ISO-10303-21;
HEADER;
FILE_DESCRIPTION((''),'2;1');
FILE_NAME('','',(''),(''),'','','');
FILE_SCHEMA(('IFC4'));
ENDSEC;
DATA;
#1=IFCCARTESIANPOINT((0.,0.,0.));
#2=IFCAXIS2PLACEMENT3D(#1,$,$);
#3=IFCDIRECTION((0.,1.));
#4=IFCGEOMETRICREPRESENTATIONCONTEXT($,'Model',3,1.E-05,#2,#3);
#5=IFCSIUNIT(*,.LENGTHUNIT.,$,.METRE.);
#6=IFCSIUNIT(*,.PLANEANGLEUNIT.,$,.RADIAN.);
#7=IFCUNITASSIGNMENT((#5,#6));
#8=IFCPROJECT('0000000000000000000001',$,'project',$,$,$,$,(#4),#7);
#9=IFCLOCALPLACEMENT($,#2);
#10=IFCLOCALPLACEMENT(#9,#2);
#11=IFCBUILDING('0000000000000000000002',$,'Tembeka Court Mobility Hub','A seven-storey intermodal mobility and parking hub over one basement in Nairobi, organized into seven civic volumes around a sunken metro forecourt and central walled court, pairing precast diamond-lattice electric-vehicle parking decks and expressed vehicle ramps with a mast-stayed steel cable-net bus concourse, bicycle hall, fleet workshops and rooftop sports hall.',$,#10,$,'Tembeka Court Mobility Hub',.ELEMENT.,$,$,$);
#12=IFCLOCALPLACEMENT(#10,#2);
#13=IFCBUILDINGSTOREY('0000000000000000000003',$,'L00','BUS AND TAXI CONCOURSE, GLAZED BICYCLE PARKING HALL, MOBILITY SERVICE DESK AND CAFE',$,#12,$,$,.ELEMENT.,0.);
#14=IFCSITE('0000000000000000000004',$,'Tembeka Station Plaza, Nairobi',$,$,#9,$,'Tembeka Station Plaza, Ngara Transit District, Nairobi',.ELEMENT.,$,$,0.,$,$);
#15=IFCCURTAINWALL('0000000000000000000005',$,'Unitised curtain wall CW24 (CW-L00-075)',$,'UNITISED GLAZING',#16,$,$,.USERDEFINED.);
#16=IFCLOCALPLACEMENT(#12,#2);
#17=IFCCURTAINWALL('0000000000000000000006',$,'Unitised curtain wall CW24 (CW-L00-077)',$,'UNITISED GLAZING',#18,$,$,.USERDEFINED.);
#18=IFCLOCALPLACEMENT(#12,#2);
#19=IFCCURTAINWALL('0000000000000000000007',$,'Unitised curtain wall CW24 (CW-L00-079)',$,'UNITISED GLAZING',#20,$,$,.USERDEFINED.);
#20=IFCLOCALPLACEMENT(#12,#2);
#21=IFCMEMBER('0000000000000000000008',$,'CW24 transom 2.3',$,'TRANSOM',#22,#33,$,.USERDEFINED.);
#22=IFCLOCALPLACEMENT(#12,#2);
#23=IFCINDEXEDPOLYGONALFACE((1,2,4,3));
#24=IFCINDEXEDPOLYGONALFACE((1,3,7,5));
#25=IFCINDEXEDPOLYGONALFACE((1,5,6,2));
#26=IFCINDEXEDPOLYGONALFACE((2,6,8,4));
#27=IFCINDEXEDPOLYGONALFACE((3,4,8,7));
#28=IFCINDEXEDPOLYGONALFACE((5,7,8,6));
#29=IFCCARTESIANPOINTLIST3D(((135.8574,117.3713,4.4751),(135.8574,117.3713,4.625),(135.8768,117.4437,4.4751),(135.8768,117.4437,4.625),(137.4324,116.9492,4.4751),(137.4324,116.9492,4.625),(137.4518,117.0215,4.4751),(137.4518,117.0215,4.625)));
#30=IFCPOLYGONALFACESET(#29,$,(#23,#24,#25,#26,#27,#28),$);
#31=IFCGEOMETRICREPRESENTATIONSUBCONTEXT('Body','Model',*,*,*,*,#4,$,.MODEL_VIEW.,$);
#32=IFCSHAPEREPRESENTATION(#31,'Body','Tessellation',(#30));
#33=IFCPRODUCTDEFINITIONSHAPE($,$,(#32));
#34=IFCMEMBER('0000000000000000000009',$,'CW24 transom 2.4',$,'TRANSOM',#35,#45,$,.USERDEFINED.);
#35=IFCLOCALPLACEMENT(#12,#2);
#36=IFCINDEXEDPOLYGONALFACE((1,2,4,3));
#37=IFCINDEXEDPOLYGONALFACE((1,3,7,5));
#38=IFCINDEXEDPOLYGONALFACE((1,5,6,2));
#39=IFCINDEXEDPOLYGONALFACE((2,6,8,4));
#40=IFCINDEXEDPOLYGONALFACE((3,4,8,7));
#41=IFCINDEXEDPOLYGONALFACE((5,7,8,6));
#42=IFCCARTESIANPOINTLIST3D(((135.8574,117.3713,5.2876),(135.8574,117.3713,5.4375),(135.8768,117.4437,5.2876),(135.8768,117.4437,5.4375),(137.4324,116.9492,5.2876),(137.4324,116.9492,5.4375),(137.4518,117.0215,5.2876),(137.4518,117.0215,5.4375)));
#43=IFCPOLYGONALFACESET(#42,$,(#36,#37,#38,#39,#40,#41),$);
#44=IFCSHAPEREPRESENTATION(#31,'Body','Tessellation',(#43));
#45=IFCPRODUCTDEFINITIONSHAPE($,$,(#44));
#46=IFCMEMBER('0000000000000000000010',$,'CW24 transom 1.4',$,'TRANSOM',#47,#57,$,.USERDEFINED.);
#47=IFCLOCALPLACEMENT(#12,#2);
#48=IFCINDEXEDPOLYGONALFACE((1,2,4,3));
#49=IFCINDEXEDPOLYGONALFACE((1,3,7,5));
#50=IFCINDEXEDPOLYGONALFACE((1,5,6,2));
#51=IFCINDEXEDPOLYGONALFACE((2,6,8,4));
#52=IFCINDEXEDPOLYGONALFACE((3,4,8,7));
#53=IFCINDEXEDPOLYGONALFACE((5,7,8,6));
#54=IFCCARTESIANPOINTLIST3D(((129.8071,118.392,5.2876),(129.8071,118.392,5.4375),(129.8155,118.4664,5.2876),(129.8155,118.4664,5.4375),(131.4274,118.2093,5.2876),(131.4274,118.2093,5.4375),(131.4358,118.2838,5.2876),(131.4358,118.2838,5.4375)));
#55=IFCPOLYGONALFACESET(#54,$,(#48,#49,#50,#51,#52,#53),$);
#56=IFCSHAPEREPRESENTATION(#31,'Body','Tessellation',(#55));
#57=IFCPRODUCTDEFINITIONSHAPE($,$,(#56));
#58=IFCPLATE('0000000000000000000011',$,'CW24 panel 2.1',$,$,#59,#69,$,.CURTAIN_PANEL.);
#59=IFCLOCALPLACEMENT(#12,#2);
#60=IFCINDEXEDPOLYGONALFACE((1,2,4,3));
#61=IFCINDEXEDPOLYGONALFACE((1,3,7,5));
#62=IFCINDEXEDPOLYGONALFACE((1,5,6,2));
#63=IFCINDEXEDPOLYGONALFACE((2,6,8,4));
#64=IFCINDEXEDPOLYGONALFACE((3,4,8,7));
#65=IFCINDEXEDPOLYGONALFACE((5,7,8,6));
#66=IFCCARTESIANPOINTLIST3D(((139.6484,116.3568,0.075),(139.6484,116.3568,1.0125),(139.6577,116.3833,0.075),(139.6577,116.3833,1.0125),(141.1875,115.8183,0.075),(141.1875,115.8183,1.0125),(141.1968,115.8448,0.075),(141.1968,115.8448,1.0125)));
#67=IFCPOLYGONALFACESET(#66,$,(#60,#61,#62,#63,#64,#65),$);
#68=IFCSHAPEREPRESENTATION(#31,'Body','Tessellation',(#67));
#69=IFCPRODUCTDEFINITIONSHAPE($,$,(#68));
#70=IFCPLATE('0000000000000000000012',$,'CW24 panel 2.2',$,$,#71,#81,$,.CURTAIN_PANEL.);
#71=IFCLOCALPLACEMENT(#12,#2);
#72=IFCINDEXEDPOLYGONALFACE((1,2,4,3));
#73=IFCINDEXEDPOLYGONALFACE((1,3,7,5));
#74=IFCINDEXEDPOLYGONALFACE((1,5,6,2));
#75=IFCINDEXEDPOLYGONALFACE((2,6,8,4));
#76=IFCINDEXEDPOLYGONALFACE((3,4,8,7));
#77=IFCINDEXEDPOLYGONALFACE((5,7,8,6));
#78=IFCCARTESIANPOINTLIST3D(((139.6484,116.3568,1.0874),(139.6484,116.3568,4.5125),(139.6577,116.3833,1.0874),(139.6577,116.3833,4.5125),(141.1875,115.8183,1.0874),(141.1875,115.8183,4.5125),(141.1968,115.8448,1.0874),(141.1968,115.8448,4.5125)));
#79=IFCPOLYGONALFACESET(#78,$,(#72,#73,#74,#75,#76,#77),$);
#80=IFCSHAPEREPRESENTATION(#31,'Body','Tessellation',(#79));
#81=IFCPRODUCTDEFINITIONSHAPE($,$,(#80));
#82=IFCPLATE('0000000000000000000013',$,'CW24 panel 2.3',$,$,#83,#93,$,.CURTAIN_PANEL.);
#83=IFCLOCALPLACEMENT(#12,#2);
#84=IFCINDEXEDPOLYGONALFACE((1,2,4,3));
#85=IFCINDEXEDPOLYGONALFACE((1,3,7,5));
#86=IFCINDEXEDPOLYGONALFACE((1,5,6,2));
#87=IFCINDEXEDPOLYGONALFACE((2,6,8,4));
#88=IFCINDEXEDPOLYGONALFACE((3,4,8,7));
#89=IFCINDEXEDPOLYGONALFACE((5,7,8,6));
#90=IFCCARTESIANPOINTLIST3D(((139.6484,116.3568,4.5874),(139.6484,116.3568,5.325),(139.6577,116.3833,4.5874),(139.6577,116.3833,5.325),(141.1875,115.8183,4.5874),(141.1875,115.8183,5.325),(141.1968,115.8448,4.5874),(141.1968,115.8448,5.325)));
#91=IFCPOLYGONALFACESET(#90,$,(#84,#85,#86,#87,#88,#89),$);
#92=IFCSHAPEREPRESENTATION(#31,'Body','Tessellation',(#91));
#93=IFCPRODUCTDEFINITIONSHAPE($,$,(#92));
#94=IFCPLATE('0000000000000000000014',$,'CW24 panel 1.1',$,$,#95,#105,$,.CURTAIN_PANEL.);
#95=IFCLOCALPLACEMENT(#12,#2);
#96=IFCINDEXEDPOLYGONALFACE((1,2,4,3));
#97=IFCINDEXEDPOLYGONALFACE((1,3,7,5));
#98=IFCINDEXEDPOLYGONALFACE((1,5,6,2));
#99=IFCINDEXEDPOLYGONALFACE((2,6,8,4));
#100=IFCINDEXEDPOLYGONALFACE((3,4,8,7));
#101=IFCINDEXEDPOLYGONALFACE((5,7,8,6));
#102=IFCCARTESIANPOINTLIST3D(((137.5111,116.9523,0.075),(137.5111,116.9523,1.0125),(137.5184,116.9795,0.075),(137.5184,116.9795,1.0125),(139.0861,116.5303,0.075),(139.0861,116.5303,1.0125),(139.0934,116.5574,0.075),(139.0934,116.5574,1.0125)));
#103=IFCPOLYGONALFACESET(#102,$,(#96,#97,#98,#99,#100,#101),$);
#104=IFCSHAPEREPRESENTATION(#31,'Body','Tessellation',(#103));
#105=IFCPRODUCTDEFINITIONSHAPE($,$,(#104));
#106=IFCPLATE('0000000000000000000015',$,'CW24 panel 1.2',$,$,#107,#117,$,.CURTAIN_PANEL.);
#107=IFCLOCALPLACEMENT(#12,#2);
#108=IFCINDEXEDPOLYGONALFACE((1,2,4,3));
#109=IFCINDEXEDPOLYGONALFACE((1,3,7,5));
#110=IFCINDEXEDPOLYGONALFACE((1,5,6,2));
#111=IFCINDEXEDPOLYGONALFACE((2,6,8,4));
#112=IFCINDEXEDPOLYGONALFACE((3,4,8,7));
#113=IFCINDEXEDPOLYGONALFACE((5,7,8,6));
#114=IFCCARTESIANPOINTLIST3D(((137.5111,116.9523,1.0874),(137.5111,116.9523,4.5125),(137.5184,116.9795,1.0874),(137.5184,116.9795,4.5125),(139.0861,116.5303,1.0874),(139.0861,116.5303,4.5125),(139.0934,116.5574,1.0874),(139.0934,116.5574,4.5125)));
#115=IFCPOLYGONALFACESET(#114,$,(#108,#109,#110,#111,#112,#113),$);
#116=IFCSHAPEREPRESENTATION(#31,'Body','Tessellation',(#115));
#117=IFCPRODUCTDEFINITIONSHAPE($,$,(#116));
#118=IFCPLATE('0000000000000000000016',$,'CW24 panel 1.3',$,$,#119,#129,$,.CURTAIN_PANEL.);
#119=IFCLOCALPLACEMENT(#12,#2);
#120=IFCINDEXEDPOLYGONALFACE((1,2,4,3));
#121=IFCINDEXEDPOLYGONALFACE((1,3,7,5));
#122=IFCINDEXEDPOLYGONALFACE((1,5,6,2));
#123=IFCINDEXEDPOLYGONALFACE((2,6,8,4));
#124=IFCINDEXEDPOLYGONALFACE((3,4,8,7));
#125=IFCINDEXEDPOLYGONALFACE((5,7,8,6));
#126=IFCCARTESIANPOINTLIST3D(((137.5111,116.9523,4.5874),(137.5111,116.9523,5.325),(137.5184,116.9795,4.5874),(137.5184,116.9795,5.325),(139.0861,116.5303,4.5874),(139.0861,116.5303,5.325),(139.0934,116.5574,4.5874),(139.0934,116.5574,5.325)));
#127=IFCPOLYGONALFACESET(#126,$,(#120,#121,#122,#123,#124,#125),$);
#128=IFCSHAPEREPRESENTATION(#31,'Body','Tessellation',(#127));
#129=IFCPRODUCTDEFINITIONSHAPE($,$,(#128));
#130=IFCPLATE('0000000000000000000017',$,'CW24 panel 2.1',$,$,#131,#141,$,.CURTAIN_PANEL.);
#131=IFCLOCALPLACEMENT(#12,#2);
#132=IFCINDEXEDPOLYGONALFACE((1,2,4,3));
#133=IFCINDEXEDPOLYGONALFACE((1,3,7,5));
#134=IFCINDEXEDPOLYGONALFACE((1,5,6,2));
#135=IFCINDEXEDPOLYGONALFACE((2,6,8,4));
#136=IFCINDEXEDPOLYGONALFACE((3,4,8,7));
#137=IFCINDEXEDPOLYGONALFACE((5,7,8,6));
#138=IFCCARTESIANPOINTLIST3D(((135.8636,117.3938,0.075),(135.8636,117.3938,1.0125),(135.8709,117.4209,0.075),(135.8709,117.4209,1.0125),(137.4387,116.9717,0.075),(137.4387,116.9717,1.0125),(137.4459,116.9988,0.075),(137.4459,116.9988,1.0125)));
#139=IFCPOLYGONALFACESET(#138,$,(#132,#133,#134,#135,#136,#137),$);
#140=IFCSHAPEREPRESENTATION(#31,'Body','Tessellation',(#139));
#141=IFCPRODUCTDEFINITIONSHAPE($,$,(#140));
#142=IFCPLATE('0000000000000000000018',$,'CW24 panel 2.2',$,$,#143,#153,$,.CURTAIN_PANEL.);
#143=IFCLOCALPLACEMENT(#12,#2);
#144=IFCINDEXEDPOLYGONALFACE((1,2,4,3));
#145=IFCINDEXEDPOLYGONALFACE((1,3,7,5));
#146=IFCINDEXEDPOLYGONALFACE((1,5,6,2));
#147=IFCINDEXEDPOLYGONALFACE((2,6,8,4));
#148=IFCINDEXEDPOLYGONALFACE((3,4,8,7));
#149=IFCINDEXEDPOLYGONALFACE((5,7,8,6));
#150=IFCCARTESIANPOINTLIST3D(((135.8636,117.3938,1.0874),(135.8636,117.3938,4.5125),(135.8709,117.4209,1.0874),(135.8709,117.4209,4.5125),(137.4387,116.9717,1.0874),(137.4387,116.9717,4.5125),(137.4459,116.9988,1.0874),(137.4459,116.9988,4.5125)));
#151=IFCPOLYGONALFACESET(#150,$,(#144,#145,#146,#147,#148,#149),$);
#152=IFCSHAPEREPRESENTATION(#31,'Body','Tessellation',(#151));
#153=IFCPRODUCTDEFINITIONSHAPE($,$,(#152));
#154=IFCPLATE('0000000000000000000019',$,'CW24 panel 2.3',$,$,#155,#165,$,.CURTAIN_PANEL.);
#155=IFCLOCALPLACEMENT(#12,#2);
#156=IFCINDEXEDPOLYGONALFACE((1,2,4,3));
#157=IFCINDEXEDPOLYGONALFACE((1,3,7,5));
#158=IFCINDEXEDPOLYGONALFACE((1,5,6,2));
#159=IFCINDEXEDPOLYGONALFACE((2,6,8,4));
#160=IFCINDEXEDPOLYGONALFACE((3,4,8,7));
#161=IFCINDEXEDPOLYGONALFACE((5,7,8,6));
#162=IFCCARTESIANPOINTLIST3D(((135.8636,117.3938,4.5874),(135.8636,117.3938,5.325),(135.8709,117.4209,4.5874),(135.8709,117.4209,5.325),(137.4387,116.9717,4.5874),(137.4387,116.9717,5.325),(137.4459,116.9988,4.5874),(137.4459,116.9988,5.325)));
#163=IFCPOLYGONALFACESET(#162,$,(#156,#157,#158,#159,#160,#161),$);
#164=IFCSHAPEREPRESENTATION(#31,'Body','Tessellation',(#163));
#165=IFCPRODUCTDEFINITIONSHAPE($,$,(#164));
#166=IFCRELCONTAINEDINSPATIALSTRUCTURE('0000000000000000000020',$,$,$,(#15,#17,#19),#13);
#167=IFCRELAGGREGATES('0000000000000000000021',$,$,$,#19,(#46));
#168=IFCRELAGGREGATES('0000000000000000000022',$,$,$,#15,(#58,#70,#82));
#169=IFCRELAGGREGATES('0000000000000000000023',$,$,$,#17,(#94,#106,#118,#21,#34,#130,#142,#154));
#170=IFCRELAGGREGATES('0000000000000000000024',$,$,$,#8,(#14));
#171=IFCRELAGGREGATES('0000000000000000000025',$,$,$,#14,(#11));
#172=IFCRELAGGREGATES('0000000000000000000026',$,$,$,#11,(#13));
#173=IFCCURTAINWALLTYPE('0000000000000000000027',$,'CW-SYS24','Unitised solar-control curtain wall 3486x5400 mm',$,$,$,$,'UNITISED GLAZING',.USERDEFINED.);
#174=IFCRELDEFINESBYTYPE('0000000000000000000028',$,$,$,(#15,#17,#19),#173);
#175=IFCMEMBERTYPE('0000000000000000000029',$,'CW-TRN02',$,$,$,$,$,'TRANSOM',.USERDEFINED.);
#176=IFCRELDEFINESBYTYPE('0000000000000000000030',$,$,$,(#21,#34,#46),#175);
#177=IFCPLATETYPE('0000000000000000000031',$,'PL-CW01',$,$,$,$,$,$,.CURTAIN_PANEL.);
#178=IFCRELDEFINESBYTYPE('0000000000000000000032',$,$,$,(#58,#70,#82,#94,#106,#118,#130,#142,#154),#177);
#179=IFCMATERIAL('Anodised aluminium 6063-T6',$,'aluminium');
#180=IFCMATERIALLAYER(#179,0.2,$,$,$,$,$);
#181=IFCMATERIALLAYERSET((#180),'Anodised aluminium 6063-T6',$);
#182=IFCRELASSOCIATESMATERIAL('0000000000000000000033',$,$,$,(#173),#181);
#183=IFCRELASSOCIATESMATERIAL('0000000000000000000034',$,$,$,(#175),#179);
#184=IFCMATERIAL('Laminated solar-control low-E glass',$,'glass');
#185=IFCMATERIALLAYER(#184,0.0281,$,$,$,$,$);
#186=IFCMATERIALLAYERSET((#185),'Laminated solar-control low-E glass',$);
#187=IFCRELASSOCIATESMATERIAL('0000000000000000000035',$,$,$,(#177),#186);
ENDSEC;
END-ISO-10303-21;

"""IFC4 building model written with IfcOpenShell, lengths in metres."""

from ifc_helpers import new_model, si_unit, direction, frame, origin, origin_2d, place, context, subcontext, project, spatial, rectangle, extrude, material, layer, layer_set, material_profile, profile_set, type_object, element, aggregate, save


model = new_model("IFC4")

# Units and contexts
model_context = context("Model", 3, precision=1e-05, world=origin(), true_north=direction((0.0, 1.0)))
body_context = subcontext(model_context, "Body", "Model", "MODEL_VIEW")
ifc_project = project(units=[si_unit("LENGTHUNIT", "METRE"), si_unit("PLANEANGLEUNIT", "RADIAN")], contexts=[model_context])

# Site, building, storey
site_placement = place(None, origin())
site = spatial("IfcSite", under=ifc_project, at=site_placement, Name="Tembeka Station Plaza, Nairobi", LongName="Tembeka Station Plaza, Ngara Transit District, Nairobi", CompositionType="ELEMENT", RefElevation=0.0)
building_placement = place(site_placement, origin())
building = spatial("IfcBuilding", under=site, at=building_placement, Name="Tembeka Court Mobility Hub", Description="A seven-storey intermodal mobility and parking hub over one basement in Nairobi, organized into seven civic volumes around a sunken metro forecourt and central walled court, pairing precast diamond-lattice electric-vehicle parking decks and expressed vehicle ramps with a mast-stayed steel cable-net bus concourse, bicycle hall, fleet workshops and rooftop sports hall.", LongName="Tembeka Court Mobility Hub", CompositionType="ELEMENT")
storey_placement = place(building_placement, origin())
storey = spatial("IfcBuildingStorey", under=building, at=storey_placement, Name="L00", Description="BUS AND TAXI CONCOURSE, GLAZED BICYCLE PARKING HALL, MOBILITY SERVICE DESK AND CAFE", CompositionType="ELEMENT", Elevation=0.0)

# Curtain wall
ifc_material_1 = material(Name="Anodised aluminium 6063-T6", Category="aluminium")
ifc_layer_1 = layer(ifc_material_1, 0.2)
ifc_layer_set_1 = layer_set([ifc_layer_1], Name="Anodised aluminium 6063-T6")
curtain_wall_type = type_object("IfcCurtainWallType", Name="CW-SYS24", Description="Unitised solar-control curtain wall 3486x5400 mm", ElementType="UNITISED GLAZING", PredefinedType="USERDEFINED", material=ifc_layer_set_1)
curtain_wall_1_placement = place(storey_placement, origin())
curtain_wall_1 = element("IfcCurtainWall", 1, at=curtain_wall_1_placement, inside=storey, type_object=curtain_wall_type, Name="Unitised curtain wall CW24 (CW-L00-075)", ObjectType="UNITISED GLAZING", PredefinedType="USERDEFINED")

# Curtain wall
curtain_wall_2_placement = place(storey_placement, origin())
curtain_wall_2 = element("IfcCurtainWall", 2, at=curtain_wall_2_placement, inside=storey, type_object=curtain_wall_type, Name="Unitised curtain wall CW24 (CW-L00-077)", ObjectType="UNITISED GLAZING", PredefinedType="USERDEFINED")

# Curtain wall
curtain_wall_3_placement = place(storey_placement, origin())
curtain_wall_3 = element("IfcCurtainWall", 3, at=curtain_wall_3_placement, inside=storey, type_object=curtain_wall_type, Name="Unitised curtain wall CW24 (CW-L00-079)", ObjectType="UNITISED GLAZING", PredefinedType="USERDEFINED")

# Members
ifc_material_profile_1 = material_profile(ifc_material_1, rectangle(XDim=0.075, YDim=0.1499, at=origin_2d()), Name="ALU-TRN 75x150")
ifc_profile_set_1 = profile_set([ifc_material_profile_1], Name="Anodised aluminium 6063-T6")
member_type_1 = type_object("IfcMemberType", Name="CW-TRN02", ElementType="TRANSOM", PredefinedType="USERDEFINED", material=ifc_profile_set_1)
member_1_placement = place(storey_placement, frame((137.4421, 116.9854, 4.55), z_axis=(-0.965909, 0.258883, 0.0), x_axis=(-0.258883, -0.965909, 0.0)))
member_1 = element("IfcMember", 4, at=member_1_placement, type_object=member_type_1, Name="CW24 transom 2.3", ObjectType="TRANSOM", PredefinedType="USERDEFINED", context=body_context, shape_type="SweptSolid", body=[
    extrude(rectangle(XDim=0.075, YDim=0.1499, at=origin_2d()), origin(), (0.0, 0.0, 1.0), 1.6306),
])
member_2_placement = place(storey_placement, frame((137.4421, 116.9854, 5.3625), z_axis=(-0.965909, 0.258883, 0.0), x_axis=(-0.258883, -0.965909, 0.0)))
member_2 = element("IfcMember", 5, at=member_2_placement, type_object=member_type_1, Name="CW24 transom 2.4", ObjectType="TRANSOM", PredefinedType="USERDEFINED", context=body_context, shape_type="SweptSolid", body=[
    extrude(rectangle(XDim=0.075, YDim=0.1499, at=origin_2d()), origin(), (0.0, 0.0, 1.0), 1.6306),
])
member_3_placement = place(storey_placement, frame((131.4316, 118.2466, 5.3625), z_axis=(-0.993709, 0.111993, 0.0), x_axis=(-0.111993, -0.993709, 0.0)))
member_3 = element("IfcMember", 6, at=member_3_placement, type_object=member_type_1, Name="CW24 transom 1.4", ObjectType="TRANSOM", PredefinedType="USERDEFINED", context=body_context, shape_type="SweptSolid", body=[
    extrude(rectangle(XDim=0.075, YDim=0.1499, at=origin_2d()), origin(), (0.0, 0.0, 1.0), 1.6306),
])
aggregate(curtain_wall_3, [member_3])

# Plates
ifc_material_2 = material(Name="Laminated solar-control low-E glass", Category="glass")
ifc_layer_2 = layer(ifc_material_2, 0.0281)
ifc_layer_set_2 = layer_set([ifc_layer_2], Name="Laminated solar-control low-E glass")
plate_type = type_object("IfcPlateType", Name="PL-CW01", PredefinedType="CURTAIN_PANEL", material=ifc_layer_set_2)
plate_1_placement = place(storey_placement, frame((140.4226, 116.1008, 0.075), z_axis=(0.0, 0.0, 1.0), x_axis=(-0.943889, 0.330264, 0.0)))
plate_1 = element("IfcPlate", 7, at=plate_1_placement, type_object=plate_type, Name="CW24 panel 2.1", PredefinedType="CURTAIN_PANEL", context=body_context, shape_type="SweptSolid", body=[
    extrude(rectangle(XDim=1.6306, YDim=0.0281, at=origin_2d()), origin(), (0.0, 0.0, 1.0), 0.9375),
])
plate_2_placement = place(storey_placement, frame((140.4226, 116.1008, 1.0874), z_axis=(0.0, 0.0, 1.0), x_axis=(-0.943889, 0.330264, 0.0)))
plate_2 = element("IfcPlate", 8, at=plate_2_placement, type_object=plate_type, Name="CW24 panel 2.2", PredefinedType="CURTAIN_PANEL", context=body_context, shape_type="SweptSolid", body=[
    extrude(rectangle(XDim=1.6306, YDim=0.0281, at=origin_2d()), origin(), (0.0, 0.0, 1.0), 3.425),
])
plate_3_placement = place(storey_placement, frame((140.4226, 116.1008, 4.5874), z_axis=(0.0, 0.0, 1.0), x_axis=(-0.943889, 0.330264, 0.0)))
plate_3 = element("IfcPlate", 9, at=plate_3_placement, type_object=plate_type, Name="CW24 panel 2.3", PredefinedType="CURTAIN_PANEL", context=body_context, shape_type="SweptSolid", body=[
    extrude(rectangle(XDim=1.6306, YDim=0.0281, at=origin_2d()), origin(), (0.0, 0.0, 1.0), 0.7375),
])
aggregate(curtain_wall_1, [plate_1, plate_2, plate_3])
plate_4_placement = place(storey_placement, frame((138.3022, 116.7549, 0.075), z_axis=(0.0, 0.0, 1.0), x_axis=(-0.965923, 0.258828, 0.0)))
plate_4 = element("IfcPlate", 10, at=plate_4_placement, type_object=plate_type, Name="CW24 panel 1.1", PredefinedType="CURTAIN_PANEL", context=body_context, shape_type="SweptSolid", body=[
    extrude(rectangle(XDim=1.6306, YDim=0.0281, at=origin_2d()), origin(), (0.0, 0.0, 1.0), 0.9375),
])
plate_5_placement = place(storey_placement, frame((138.3022, 116.7549, 1.0874), z_axis=(0.0, 0.0, 1.0), x_axis=(-0.965923, 0.258828, 0.0)))
plate_5 = element("IfcPlate", 11, at=plate_5_placement, type_object=plate_type, Name="CW24 panel 1.2", PredefinedType="CURTAIN_PANEL", context=body_context, shape_type="SweptSolid", body=[
    extrude(rectangle(XDim=1.6306, YDim=0.0281, at=origin_2d()), origin(), (0.0, 0.0, 1.0), 3.425),
])
plate_6_placement = place(storey_placement, frame((138.3022, 116.7549, 4.5874), z_axis=(0.0, 0.0, 1.0), x_axis=(-0.965923, 0.258828, 0.0)))
plate_6 = element("IfcPlate", 12, at=plate_6_placement, type_object=plate_type, Name="CW24 panel 1.3", PredefinedType="CURTAIN_PANEL", context=body_context, shape_type="SweptSolid", body=[
    extrude(rectangle(XDim=1.6306, YDim=0.0281, at=origin_2d()), origin(), (0.0, 0.0, 1.0), 0.7375),
])
plate_7_placement = place(storey_placement, frame((136.6548, 117.1963, 0.075), z_axis=(0.0, 0.0, 1.0), x_axis=(-0.965923, 0.258828, 0.0)))
plate_7 = element("IfcPlate", 13, at=plate_7_placement, type_object=plate_type, Name="CW24 panel 2.1", PredefinedType="CURTAIN_PANEL", context=body_context, shape_type="SweptSolid", body=[
    extrude(rectangle(XDim=1.6306, YDim=0.0281, at=origin_2d()), origin(), (0.0, 0.0, 1.0), 0.9375),
])
plate_8_placement = place(storey_placement, frame((136.6548, 117.1963, 1.0874), z_axis=(0.0, 0.0, 1.0), x_axis=(-0.965923, 0.258828, 0.0)))
plate_8 = element("IfcPlate", 14, at=plate_8_placement, type_object=plate_type, Name="CW24 panel 2.2", PredefinedType="CURTAIN_PANEL", context=body_context, shape_type="SweptSolid", body=[
    extrude(rectangle(XDim=1.6306, YDim=0.0281, at=origin_2d()), origin(), (0.0, 0.0, 1.0), 3.425),
])
plate_9_placement = place(storey_placement, frame((136.6548, 117.1963, 4.5874), z_axis=(0.0, 0.0, 1.0), x_axis=(-0.965923, 0.258828, 0.0)))
plate_9 = element("IfcPlate", 15, at=plate_9_placement, type_object=plate_type, Name="CW24 panel 2.3", PredefinedType="CURTAIN_PANEL", context=body_context, shape_type="SweptSolid", body=[
    extrude(rectangle(XDim=1.6306, YDim=0.0281, at=origin_2d()), origin(), (0.0, 0.0, 1.0), 0.7375),
])
aggregate(curtain_wall_2, [plate_4, plate_5, plate_6, member_1, member_2, plate_7, plate_8, plate_9])

save(model, "model.ifc")
